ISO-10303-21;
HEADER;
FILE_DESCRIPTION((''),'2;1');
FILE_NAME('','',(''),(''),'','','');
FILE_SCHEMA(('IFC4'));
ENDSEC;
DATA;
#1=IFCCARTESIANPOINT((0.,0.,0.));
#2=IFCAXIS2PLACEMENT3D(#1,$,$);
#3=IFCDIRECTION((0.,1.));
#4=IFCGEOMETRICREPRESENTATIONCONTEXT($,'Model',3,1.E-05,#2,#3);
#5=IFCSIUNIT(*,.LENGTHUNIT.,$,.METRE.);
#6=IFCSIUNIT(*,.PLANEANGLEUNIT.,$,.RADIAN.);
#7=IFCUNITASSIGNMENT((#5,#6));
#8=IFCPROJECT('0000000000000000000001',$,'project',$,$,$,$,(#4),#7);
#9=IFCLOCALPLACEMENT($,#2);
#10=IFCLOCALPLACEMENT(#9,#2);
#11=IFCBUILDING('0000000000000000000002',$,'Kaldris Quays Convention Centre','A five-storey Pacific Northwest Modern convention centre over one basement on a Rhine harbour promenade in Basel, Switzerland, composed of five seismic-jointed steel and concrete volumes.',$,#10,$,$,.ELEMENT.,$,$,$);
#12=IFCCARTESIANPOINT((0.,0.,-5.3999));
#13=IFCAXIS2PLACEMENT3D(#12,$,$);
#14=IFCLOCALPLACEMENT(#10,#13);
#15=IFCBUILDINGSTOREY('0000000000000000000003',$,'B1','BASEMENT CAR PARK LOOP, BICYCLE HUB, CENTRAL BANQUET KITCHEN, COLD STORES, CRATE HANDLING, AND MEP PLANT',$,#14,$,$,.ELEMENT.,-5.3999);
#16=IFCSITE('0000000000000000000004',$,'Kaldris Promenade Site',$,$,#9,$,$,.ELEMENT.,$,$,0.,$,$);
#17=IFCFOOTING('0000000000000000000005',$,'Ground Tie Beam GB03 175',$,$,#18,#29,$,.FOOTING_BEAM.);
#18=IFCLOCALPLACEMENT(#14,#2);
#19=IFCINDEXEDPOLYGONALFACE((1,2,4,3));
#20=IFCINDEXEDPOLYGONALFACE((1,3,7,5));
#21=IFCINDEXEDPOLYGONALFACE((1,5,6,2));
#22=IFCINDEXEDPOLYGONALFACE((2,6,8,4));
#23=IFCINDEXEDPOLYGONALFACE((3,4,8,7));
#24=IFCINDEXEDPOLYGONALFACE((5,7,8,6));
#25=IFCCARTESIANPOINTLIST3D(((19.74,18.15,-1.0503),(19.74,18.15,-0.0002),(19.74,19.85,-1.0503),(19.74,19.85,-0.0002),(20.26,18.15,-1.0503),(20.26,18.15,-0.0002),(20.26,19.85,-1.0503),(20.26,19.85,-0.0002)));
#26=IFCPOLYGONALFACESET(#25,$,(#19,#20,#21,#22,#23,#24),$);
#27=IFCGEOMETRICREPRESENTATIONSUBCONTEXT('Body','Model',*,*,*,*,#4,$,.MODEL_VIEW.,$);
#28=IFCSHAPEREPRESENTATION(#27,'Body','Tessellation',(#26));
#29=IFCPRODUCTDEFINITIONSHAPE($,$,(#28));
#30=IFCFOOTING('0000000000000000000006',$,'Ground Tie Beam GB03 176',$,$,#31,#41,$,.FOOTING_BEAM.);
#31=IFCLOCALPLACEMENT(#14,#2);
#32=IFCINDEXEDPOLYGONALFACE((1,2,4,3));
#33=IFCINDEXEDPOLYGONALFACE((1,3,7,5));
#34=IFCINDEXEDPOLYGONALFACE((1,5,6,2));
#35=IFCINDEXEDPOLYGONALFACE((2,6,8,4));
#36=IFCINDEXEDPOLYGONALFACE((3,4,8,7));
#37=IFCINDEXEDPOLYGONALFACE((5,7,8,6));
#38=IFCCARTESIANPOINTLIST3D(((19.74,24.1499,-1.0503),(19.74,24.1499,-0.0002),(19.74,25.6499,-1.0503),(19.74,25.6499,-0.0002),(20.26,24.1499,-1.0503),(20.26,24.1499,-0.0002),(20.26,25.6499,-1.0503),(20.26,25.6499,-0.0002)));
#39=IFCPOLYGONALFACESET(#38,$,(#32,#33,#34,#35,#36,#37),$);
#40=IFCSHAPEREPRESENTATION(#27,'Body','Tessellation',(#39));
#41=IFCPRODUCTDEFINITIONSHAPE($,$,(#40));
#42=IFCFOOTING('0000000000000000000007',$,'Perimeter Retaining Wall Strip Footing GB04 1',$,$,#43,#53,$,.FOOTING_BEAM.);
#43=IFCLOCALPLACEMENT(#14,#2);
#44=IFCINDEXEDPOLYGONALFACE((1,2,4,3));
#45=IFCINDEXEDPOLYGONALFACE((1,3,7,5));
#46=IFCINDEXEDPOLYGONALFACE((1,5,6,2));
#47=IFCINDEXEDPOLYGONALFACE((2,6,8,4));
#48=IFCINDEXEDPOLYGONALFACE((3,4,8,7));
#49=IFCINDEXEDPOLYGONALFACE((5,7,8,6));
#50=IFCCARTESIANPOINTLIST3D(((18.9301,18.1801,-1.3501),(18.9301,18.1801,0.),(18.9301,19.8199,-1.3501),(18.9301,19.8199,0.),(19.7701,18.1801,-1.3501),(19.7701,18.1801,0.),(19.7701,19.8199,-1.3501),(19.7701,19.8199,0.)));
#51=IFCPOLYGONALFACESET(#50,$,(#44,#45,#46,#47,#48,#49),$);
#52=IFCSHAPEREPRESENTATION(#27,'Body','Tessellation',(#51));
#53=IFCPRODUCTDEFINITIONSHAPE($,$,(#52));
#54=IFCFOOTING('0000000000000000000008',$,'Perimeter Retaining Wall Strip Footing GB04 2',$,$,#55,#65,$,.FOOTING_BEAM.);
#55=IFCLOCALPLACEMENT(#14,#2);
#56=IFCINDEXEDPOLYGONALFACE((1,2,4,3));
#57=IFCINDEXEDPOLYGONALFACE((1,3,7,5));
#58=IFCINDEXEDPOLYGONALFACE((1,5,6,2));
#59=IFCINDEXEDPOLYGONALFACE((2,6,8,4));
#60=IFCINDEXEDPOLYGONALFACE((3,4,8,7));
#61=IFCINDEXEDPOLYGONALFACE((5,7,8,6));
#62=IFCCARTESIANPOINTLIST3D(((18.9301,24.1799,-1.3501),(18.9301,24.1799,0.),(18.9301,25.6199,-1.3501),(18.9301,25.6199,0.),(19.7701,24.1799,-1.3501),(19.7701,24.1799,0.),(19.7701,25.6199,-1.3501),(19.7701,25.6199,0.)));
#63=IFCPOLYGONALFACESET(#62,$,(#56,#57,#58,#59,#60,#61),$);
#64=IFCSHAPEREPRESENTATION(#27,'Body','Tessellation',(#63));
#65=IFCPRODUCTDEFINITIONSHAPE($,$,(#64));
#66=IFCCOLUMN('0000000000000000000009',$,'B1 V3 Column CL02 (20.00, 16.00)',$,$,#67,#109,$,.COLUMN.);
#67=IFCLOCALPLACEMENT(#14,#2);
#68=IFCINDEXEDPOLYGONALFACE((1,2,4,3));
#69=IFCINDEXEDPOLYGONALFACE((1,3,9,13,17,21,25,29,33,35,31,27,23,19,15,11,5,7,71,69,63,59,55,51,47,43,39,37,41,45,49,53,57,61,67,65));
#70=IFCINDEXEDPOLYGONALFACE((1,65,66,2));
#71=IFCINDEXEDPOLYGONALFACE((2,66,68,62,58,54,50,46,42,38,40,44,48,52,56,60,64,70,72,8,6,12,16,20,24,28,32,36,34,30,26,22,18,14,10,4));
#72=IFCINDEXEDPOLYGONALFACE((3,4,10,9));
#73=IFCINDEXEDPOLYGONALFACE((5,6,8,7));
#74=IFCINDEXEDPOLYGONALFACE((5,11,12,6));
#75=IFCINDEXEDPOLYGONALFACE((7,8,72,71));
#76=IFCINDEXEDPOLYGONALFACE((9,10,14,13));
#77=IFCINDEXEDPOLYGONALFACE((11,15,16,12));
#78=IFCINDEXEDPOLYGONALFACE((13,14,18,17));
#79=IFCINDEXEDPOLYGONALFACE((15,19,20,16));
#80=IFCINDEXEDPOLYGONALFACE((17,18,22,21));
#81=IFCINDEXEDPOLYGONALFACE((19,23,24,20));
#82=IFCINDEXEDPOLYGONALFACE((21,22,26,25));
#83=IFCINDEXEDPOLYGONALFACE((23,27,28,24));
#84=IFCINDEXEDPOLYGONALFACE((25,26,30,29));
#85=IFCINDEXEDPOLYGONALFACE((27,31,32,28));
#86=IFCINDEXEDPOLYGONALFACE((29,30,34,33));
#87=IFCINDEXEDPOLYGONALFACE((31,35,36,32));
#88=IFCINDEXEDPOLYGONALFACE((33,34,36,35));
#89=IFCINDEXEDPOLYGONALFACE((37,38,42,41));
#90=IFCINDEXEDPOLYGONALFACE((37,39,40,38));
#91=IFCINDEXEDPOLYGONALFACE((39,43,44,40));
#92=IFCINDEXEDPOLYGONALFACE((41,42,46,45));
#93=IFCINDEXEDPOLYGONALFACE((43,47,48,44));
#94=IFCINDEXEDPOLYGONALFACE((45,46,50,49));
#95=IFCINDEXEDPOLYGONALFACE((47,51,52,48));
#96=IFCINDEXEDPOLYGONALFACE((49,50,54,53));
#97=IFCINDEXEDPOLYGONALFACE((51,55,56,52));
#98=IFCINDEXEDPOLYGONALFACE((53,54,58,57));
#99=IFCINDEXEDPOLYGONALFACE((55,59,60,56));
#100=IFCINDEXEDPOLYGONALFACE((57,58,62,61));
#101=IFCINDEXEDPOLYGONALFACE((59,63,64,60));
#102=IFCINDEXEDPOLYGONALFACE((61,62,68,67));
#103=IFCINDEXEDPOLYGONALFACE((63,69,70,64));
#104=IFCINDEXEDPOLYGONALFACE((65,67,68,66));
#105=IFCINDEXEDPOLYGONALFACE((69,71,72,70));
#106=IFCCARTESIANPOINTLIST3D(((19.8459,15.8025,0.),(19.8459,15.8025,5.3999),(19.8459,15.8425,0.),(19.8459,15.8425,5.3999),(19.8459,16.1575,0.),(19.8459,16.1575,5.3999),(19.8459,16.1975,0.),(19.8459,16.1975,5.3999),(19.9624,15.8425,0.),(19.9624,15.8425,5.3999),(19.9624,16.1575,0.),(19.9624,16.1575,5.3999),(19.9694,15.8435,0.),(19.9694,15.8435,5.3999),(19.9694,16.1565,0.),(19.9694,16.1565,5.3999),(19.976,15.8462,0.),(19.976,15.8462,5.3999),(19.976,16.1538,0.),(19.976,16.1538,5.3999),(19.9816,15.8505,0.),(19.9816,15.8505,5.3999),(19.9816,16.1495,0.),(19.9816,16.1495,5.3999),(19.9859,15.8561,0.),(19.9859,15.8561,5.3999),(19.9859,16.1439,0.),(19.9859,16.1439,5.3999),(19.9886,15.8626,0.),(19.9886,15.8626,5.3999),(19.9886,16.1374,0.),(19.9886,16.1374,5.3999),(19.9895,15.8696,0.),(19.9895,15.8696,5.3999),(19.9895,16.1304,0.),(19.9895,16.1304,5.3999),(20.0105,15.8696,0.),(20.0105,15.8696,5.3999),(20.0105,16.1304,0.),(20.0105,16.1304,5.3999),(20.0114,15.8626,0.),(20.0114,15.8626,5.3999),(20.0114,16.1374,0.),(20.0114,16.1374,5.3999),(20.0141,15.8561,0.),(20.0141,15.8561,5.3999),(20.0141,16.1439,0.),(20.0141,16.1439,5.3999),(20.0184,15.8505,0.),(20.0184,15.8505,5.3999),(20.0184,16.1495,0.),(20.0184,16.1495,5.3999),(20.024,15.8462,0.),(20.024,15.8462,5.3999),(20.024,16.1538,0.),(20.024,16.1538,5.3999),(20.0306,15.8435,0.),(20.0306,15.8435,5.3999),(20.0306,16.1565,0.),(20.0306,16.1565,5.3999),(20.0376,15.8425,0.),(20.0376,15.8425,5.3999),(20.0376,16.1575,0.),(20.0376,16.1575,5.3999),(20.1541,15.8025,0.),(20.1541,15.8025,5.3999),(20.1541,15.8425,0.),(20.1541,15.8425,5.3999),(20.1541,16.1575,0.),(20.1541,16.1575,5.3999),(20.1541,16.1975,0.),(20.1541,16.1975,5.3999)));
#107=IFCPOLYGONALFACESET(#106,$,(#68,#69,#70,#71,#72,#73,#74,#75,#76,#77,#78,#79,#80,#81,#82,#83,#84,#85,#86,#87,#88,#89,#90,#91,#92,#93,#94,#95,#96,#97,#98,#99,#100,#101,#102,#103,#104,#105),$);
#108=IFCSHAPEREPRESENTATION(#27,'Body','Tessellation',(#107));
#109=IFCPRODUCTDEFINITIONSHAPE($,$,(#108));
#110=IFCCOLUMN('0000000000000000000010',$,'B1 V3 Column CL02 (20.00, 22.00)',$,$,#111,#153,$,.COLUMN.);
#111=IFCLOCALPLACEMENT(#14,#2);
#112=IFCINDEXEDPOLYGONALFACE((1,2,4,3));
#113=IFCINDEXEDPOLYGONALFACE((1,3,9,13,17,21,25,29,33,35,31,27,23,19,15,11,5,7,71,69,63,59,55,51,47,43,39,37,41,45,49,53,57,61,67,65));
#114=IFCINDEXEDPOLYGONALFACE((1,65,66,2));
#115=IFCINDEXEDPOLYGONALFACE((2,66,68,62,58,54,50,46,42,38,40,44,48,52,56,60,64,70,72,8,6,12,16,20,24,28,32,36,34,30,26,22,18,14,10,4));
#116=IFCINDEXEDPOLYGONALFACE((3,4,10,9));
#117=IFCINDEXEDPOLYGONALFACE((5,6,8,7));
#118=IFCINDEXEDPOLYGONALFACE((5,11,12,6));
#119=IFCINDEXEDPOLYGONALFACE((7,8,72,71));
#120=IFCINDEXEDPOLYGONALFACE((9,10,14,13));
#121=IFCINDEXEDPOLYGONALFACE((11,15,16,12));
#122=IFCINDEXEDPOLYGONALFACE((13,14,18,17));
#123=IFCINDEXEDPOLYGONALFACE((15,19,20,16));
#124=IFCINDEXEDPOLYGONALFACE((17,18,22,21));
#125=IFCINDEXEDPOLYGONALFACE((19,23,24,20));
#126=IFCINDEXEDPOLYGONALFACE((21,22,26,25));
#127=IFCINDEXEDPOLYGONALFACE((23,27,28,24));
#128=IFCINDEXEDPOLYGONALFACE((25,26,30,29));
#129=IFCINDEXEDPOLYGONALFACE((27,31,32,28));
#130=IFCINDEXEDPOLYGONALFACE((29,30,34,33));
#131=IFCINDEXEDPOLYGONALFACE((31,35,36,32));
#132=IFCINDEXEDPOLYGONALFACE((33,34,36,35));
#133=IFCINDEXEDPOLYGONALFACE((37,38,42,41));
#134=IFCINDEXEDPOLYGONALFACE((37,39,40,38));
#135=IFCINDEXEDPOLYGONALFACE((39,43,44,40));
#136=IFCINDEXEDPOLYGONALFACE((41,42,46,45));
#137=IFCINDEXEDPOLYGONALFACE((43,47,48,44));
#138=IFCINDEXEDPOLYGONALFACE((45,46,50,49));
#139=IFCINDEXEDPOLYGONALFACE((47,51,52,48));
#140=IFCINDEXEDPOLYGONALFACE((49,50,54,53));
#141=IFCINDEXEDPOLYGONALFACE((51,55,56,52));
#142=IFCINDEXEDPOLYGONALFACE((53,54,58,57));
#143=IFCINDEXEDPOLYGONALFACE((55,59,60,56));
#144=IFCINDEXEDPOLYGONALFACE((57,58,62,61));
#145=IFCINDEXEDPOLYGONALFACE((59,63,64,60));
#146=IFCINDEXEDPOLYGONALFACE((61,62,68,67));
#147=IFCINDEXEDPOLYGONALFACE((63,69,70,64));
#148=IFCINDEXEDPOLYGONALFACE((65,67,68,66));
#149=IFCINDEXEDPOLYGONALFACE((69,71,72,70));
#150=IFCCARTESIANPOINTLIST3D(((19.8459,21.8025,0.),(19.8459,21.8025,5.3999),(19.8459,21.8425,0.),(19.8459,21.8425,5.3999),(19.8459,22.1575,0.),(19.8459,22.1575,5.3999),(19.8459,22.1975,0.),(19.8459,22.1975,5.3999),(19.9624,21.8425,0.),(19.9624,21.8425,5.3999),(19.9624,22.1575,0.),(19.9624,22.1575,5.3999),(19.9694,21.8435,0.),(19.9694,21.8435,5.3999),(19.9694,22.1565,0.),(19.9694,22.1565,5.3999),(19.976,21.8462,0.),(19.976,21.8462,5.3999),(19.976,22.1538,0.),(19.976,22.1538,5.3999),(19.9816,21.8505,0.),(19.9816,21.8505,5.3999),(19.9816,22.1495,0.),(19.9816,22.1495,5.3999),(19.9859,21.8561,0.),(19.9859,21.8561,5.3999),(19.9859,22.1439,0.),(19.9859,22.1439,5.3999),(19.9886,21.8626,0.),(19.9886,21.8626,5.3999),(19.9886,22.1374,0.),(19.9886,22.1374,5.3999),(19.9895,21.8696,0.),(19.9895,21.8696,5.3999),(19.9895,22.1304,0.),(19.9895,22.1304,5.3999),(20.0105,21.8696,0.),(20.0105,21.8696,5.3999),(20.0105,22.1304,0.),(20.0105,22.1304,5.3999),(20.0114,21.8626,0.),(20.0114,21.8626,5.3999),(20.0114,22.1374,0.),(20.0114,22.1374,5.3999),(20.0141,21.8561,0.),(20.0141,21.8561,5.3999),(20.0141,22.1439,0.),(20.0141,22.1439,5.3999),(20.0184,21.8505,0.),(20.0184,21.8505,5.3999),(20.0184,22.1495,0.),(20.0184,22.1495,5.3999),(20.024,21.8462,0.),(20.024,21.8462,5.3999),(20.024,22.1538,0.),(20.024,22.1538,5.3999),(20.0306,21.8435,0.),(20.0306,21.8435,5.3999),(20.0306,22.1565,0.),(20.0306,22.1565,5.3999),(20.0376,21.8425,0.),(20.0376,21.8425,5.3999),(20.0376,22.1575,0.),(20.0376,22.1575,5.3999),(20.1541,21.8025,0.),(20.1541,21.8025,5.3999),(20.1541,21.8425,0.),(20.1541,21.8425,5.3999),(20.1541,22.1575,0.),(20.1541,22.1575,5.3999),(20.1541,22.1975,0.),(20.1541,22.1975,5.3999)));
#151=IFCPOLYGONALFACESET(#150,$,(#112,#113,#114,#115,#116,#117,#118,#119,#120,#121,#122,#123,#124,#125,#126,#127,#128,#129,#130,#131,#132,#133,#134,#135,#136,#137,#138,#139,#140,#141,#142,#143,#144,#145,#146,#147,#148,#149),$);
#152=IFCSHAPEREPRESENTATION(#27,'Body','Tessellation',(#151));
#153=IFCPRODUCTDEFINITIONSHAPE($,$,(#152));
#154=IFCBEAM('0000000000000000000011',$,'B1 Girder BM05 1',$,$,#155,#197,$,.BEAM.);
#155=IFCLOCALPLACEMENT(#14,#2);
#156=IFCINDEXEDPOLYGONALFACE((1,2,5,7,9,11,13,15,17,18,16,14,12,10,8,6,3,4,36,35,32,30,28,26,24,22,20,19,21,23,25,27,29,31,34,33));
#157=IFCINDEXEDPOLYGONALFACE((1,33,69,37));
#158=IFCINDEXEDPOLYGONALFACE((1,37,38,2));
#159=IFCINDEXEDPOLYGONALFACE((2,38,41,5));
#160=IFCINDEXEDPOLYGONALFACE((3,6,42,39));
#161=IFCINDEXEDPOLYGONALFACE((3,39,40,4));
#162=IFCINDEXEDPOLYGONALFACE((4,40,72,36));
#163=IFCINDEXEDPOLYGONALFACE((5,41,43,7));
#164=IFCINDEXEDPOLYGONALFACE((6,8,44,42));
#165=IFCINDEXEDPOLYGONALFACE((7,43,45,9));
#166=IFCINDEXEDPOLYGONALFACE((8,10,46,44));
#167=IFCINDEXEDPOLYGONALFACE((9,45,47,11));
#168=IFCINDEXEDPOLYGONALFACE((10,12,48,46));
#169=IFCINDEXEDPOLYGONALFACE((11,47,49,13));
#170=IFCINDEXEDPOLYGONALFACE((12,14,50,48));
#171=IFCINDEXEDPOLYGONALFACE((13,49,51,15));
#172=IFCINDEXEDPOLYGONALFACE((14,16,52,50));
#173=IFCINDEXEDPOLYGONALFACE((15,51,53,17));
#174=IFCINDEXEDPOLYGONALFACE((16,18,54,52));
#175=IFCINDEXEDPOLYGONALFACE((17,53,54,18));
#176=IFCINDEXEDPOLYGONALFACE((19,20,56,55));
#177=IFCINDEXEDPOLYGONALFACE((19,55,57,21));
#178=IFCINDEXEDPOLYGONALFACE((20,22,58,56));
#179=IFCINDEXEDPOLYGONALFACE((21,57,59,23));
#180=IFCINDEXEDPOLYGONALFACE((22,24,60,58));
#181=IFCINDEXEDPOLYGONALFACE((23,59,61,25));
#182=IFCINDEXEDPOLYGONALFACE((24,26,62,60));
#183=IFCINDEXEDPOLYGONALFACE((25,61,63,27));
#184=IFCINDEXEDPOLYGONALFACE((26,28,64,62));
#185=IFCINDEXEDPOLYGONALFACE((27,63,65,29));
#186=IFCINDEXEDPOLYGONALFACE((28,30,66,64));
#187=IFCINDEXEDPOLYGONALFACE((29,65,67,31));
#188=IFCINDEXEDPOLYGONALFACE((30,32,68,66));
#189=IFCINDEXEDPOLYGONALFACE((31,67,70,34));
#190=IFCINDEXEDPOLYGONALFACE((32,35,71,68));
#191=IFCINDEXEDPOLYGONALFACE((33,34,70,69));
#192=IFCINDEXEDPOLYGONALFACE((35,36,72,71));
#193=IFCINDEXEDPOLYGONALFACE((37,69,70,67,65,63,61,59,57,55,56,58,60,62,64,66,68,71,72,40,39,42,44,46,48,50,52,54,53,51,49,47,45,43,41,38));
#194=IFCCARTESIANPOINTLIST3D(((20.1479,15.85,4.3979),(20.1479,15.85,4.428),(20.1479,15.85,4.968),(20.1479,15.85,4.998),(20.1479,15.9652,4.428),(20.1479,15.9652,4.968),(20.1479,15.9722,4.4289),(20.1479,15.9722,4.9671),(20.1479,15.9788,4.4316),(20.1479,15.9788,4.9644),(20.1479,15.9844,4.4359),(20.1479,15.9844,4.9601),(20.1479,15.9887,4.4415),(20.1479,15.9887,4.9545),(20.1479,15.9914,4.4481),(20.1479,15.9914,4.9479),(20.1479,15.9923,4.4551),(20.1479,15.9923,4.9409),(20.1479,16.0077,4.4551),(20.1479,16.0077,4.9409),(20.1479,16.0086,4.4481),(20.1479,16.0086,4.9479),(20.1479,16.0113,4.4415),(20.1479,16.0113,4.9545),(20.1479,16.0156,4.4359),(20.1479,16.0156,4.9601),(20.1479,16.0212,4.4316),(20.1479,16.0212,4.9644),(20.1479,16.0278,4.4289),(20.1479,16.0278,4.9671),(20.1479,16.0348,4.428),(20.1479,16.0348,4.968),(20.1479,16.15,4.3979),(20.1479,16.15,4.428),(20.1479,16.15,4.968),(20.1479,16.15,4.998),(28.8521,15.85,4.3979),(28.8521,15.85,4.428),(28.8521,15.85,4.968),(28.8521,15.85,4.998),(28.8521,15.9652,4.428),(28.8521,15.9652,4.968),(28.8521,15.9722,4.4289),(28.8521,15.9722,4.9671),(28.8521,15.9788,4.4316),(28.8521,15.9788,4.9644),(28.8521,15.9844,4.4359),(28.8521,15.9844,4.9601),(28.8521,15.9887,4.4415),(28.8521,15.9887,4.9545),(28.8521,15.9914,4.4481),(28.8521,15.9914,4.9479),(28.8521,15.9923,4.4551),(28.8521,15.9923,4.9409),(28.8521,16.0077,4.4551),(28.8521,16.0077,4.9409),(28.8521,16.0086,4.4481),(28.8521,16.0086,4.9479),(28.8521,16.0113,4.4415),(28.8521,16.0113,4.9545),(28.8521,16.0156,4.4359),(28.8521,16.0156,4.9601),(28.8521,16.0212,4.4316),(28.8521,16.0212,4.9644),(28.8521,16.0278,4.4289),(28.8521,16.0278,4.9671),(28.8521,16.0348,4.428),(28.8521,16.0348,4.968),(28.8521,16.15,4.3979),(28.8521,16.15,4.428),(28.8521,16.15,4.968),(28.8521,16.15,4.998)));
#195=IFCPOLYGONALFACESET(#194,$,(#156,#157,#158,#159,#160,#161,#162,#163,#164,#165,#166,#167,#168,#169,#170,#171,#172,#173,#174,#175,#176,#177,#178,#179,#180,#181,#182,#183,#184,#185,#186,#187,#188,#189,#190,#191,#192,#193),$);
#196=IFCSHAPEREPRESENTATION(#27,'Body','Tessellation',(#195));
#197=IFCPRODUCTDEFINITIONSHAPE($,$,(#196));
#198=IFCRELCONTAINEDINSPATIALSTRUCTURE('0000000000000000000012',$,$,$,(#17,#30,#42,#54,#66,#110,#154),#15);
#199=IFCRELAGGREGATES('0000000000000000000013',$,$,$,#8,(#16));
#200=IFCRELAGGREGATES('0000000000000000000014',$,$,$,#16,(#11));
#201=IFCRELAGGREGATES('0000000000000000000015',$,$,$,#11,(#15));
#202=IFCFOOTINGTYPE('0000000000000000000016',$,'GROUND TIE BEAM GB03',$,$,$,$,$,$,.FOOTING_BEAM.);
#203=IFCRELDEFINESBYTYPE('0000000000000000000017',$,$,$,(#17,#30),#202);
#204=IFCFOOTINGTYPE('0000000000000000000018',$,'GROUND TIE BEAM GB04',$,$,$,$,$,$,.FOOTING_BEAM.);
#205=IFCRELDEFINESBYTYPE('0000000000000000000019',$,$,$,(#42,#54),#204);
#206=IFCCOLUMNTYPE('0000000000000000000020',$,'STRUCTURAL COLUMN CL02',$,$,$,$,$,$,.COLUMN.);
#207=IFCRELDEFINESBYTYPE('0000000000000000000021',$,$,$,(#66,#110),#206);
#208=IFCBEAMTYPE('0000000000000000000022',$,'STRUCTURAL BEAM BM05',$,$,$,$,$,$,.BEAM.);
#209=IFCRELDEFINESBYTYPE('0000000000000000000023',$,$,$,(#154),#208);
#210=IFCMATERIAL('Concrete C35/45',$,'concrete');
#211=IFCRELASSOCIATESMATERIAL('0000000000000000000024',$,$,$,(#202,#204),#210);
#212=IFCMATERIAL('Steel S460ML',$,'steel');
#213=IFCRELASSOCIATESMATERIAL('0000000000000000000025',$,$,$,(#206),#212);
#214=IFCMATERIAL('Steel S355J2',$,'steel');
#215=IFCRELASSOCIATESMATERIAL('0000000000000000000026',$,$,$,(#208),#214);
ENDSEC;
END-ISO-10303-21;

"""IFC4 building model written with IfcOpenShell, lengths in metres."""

from ifc_helpers import new_model, si_unit, direction, frame, origin, origin_2d, place, context, subcontext, project, spatial, rectangle, i_section, extrude, material, material_profile, profile_set, type_object, element, save


model = new_model("IFC4")

# Units and contexts
model_context = context("Model", 3, precision=1e-05, world=origin(), true_north=direction((0.0, 1.0)))
body_context = subcontext(model_context, "Body", "Model", "MODEL_VIEW")
ifc_project = project(units=[si_unit("LENGTHUNIT", "METRE"), si_unit("PLANEANGLEUNIT", "RADIAN")], contexts=[model_context])

# Site, building, storey
site_placement = place(None, origin())
site = spatial("IfcSite", under=ifc_project, at=site_placement, Name="Kaldris Promenade Site", CompositionType="ELEMENT", RefElevation=0.0)
building_placement = place(site_placement, origin())
building = spatial("IfcBuilding", under=site, at=building_placement, Name="Kaldris Quays Convention Centre", Description="A five-storey Pacific Northwest Modern convention centre over one basement on a Rhine harbour promenade in Basel, Switzerland, composed of five seismic-jointed steel and concrete volumes.", CompositionType="ELEMENT")
storey_placement = place(building_placement, frame((0.0, 0.0, -5.3999)))
storey = spatial("IfcBuildingStorey", under=building, at=storey_placement, Name="B1", Description="BASEMENT CAR PARK LOOP, BICYCLE HUB, CENTRAL BANQUET KITCHEN, COLD STORES, CRATE HANDLING, AND MEP PLANT", CompositionType="ELEMENT", Elevation=-5.3999)

# Shared definitions
ifc_material_1 = material(Name="Concrete C35/45", Category="concrete")

# Footings
footing_type_1 = type_object("IfcFootingType", Name="GROUND TIE BEAM GB03", PredefinedType="FOOTING_BEAM", material=ifc_material_1)
footing_1_placement = place(storey_placement, frame((20.0, 19.0, -1.0503), z_axis=(0.0, 0.0, 1.0), x_axis=(1.0, 0.0, 0.0)))
element("IfcFooting", 1, at=footing_1_placement, inside=storey, type_object=footing_type_1, Name="Ground Tie Beam GB03 175", PredefinedType="FOOTING_BEAM", context=body_context, shape_type="SweptSolid", body=[
    extrude(rectangle(XDim=0.52, YDim=1.7, at=origin_2d()), origin(), (0.0, 0.0, 1.0), 1.05),
])
footing_2_placement = place(storey_placement, frame((20.0, 24.8999, -1.0503), z_axis=(0.0, 0.0, 1.0), x_axis=(1.0, 0.0, 0.0)))
element("IfcFooting", 2, at=footing_2_placement, inside=storey, type_object=footing_type_1, Name="Ground Tie Beam GB03 176", PredefinedType="FOOTING_BEAM", context=body_context, shape_type="SweptSolid", body=[
    extrude(rectangle(XDim=0.52, YDim=1.5, at=origin_2d()), origin(), (0.0, 0.0, 1.0), 1.05),
])
footing_type_2 = type_object("IfcFootingType", Name="GROUND TIE BEAM GB04", PredefinedType="FOOTING_BEAM", material=ifc_material_1)
footing_3_placement = place(storey_placement, frame((19.3501, 19.0, -1.3501), z_axis=(0.0, 0.0, 1.0), x_axis=(1.0, 0.0, 0.0)))
element("IfcFooting", 3, at=footing_3_placement, inside=storey, type_object=footing_type_2, Name="Perimeter Retaining Wall Strip Footing GB04 1", PredefinedType="FOOTING_BEAM", context=body_context, shape_type="SweptSolid", body=[
    extrude(rectangle(XDim=0.8401, YDim=1.6399, at=origin_2d()), origin(), (0.0, 0.0, 1.0), 1.3501),
])
footing_4_placement = place(storey_placement, frame((19.3501, 24.8999, -1.3501), z_axis=(0.0, 0.0, 1.0), x_axis=(1.0, 0.0, 0.0)))
element("IfcFooting", 4, at=footing_4_placement, inside=storey, type_object=footing_type_2, Name="Perimeter Retaining Wall Strip Footing GB04 2", PredefinedType="FOOTING_BEAM", context=body_context, shape_type="SweptSolid", body=[
    extrude(rectangle(XDim=0.8401, YDim=1.4399, at=origin_2d()), origin(), (0.0, 0.0, 1.0), 1.3501),
])

# Columns
ifc_material_2 = material(Name="Steel S460ML", Category="steel")
ifc_material_profile_1 = material_profile(ifc_material_2, i_section(OverallWidth=0.3081, OverallDepth=0.395, WebThickness=0.021, FlangeThickness=0.04, FilletRadius=0.0271, at=origin_2d()), Name="HEM 360")
ifc_profile_set_1 = profile_set([ifc_material_profile_1], Name="Steel S460ML")
column_type = type_object("IfcColumnType", Name="STRUCTURAL COLUMN CL02", PredefinedType="COLUMN", material=ifc_profile_set_1)
for number, where, z_axis, x_axis, name in (
    (5, (20.0, 16.0, 0.0), (0.0, 0.0, 1.0), (1.0, 0.0, 0.0), "B1 V3 Column CL02 (20.00, 16.00)"),
    (6, (20.0, 22.0, 0.0), (0.0, 0.0, 1.0), (1.0, 0.0, 0.0), "B1 V3 Column CL02 (20.00, 22.00)"),
):
    element("IfcColumn", number, at=place(storey_placement, frame(where, z_axis=z_axis, x_axis=x_axis)), inside=storey, type_object=column_type, Name=name, PredefinedType="COLUMN", context=body_context, shape_type="SweptSolid", body=[
        extrude(i_section(OverallWidth=0.3081, OverallDepth=0.395, WebThickness=0.021, FlangeThickness=0.04, FilletRadius=0.0271, at=origin_2d()), origin(), (0.0, 0.0, 1.0), 5.3999),
    ])

# Beam
ifc_material_3 = material(Name="Steel S355J2", Category="steel")
ifc_material_profile_2 = material_profile(ifc_material_3, i_section(OverallWidth=0.3, OverallDepth=0.6001, WebThickness=0.0154, FlangeThickness=0.03, FilletRadius=0.0271, at=origin_2d()), Name="HEB 600")
ifc_profile_set_2 = profile_set([ifc_material_profile_2], Name="Steel S355J2")
beam_type_1 = type_object("IfcBeamType", Name="STRUCTURAL BEAM BM05", PredefinedType="BEAM", material=ifc_profile_set_2)
beam_placement = place(storey_placement, frame((20.1479, 16.0, 4.698), z_axis=(1.0, 0.0, 0.0), x_axis=(0.0, 1.0, 0.0)))
element("IfcBeam", 7, at=beam_placement, inside=storey, type_object=beam_type_1, Name="B1 Girder BM05 1", PredefinedType="BEAM", context=body_context, shape_type="SweptSolid", body=[
    extrude(i_section(OverallWidth=0.3, OverallDepth=0.6001, WebThickness=0.0154, FlangeThickness=0.03, FilletRadius=0.0271, at=origin_2d()), origin(), (0.0, 0.0, 1.0), 8.7041),
])

save(model, "model.ifc")
